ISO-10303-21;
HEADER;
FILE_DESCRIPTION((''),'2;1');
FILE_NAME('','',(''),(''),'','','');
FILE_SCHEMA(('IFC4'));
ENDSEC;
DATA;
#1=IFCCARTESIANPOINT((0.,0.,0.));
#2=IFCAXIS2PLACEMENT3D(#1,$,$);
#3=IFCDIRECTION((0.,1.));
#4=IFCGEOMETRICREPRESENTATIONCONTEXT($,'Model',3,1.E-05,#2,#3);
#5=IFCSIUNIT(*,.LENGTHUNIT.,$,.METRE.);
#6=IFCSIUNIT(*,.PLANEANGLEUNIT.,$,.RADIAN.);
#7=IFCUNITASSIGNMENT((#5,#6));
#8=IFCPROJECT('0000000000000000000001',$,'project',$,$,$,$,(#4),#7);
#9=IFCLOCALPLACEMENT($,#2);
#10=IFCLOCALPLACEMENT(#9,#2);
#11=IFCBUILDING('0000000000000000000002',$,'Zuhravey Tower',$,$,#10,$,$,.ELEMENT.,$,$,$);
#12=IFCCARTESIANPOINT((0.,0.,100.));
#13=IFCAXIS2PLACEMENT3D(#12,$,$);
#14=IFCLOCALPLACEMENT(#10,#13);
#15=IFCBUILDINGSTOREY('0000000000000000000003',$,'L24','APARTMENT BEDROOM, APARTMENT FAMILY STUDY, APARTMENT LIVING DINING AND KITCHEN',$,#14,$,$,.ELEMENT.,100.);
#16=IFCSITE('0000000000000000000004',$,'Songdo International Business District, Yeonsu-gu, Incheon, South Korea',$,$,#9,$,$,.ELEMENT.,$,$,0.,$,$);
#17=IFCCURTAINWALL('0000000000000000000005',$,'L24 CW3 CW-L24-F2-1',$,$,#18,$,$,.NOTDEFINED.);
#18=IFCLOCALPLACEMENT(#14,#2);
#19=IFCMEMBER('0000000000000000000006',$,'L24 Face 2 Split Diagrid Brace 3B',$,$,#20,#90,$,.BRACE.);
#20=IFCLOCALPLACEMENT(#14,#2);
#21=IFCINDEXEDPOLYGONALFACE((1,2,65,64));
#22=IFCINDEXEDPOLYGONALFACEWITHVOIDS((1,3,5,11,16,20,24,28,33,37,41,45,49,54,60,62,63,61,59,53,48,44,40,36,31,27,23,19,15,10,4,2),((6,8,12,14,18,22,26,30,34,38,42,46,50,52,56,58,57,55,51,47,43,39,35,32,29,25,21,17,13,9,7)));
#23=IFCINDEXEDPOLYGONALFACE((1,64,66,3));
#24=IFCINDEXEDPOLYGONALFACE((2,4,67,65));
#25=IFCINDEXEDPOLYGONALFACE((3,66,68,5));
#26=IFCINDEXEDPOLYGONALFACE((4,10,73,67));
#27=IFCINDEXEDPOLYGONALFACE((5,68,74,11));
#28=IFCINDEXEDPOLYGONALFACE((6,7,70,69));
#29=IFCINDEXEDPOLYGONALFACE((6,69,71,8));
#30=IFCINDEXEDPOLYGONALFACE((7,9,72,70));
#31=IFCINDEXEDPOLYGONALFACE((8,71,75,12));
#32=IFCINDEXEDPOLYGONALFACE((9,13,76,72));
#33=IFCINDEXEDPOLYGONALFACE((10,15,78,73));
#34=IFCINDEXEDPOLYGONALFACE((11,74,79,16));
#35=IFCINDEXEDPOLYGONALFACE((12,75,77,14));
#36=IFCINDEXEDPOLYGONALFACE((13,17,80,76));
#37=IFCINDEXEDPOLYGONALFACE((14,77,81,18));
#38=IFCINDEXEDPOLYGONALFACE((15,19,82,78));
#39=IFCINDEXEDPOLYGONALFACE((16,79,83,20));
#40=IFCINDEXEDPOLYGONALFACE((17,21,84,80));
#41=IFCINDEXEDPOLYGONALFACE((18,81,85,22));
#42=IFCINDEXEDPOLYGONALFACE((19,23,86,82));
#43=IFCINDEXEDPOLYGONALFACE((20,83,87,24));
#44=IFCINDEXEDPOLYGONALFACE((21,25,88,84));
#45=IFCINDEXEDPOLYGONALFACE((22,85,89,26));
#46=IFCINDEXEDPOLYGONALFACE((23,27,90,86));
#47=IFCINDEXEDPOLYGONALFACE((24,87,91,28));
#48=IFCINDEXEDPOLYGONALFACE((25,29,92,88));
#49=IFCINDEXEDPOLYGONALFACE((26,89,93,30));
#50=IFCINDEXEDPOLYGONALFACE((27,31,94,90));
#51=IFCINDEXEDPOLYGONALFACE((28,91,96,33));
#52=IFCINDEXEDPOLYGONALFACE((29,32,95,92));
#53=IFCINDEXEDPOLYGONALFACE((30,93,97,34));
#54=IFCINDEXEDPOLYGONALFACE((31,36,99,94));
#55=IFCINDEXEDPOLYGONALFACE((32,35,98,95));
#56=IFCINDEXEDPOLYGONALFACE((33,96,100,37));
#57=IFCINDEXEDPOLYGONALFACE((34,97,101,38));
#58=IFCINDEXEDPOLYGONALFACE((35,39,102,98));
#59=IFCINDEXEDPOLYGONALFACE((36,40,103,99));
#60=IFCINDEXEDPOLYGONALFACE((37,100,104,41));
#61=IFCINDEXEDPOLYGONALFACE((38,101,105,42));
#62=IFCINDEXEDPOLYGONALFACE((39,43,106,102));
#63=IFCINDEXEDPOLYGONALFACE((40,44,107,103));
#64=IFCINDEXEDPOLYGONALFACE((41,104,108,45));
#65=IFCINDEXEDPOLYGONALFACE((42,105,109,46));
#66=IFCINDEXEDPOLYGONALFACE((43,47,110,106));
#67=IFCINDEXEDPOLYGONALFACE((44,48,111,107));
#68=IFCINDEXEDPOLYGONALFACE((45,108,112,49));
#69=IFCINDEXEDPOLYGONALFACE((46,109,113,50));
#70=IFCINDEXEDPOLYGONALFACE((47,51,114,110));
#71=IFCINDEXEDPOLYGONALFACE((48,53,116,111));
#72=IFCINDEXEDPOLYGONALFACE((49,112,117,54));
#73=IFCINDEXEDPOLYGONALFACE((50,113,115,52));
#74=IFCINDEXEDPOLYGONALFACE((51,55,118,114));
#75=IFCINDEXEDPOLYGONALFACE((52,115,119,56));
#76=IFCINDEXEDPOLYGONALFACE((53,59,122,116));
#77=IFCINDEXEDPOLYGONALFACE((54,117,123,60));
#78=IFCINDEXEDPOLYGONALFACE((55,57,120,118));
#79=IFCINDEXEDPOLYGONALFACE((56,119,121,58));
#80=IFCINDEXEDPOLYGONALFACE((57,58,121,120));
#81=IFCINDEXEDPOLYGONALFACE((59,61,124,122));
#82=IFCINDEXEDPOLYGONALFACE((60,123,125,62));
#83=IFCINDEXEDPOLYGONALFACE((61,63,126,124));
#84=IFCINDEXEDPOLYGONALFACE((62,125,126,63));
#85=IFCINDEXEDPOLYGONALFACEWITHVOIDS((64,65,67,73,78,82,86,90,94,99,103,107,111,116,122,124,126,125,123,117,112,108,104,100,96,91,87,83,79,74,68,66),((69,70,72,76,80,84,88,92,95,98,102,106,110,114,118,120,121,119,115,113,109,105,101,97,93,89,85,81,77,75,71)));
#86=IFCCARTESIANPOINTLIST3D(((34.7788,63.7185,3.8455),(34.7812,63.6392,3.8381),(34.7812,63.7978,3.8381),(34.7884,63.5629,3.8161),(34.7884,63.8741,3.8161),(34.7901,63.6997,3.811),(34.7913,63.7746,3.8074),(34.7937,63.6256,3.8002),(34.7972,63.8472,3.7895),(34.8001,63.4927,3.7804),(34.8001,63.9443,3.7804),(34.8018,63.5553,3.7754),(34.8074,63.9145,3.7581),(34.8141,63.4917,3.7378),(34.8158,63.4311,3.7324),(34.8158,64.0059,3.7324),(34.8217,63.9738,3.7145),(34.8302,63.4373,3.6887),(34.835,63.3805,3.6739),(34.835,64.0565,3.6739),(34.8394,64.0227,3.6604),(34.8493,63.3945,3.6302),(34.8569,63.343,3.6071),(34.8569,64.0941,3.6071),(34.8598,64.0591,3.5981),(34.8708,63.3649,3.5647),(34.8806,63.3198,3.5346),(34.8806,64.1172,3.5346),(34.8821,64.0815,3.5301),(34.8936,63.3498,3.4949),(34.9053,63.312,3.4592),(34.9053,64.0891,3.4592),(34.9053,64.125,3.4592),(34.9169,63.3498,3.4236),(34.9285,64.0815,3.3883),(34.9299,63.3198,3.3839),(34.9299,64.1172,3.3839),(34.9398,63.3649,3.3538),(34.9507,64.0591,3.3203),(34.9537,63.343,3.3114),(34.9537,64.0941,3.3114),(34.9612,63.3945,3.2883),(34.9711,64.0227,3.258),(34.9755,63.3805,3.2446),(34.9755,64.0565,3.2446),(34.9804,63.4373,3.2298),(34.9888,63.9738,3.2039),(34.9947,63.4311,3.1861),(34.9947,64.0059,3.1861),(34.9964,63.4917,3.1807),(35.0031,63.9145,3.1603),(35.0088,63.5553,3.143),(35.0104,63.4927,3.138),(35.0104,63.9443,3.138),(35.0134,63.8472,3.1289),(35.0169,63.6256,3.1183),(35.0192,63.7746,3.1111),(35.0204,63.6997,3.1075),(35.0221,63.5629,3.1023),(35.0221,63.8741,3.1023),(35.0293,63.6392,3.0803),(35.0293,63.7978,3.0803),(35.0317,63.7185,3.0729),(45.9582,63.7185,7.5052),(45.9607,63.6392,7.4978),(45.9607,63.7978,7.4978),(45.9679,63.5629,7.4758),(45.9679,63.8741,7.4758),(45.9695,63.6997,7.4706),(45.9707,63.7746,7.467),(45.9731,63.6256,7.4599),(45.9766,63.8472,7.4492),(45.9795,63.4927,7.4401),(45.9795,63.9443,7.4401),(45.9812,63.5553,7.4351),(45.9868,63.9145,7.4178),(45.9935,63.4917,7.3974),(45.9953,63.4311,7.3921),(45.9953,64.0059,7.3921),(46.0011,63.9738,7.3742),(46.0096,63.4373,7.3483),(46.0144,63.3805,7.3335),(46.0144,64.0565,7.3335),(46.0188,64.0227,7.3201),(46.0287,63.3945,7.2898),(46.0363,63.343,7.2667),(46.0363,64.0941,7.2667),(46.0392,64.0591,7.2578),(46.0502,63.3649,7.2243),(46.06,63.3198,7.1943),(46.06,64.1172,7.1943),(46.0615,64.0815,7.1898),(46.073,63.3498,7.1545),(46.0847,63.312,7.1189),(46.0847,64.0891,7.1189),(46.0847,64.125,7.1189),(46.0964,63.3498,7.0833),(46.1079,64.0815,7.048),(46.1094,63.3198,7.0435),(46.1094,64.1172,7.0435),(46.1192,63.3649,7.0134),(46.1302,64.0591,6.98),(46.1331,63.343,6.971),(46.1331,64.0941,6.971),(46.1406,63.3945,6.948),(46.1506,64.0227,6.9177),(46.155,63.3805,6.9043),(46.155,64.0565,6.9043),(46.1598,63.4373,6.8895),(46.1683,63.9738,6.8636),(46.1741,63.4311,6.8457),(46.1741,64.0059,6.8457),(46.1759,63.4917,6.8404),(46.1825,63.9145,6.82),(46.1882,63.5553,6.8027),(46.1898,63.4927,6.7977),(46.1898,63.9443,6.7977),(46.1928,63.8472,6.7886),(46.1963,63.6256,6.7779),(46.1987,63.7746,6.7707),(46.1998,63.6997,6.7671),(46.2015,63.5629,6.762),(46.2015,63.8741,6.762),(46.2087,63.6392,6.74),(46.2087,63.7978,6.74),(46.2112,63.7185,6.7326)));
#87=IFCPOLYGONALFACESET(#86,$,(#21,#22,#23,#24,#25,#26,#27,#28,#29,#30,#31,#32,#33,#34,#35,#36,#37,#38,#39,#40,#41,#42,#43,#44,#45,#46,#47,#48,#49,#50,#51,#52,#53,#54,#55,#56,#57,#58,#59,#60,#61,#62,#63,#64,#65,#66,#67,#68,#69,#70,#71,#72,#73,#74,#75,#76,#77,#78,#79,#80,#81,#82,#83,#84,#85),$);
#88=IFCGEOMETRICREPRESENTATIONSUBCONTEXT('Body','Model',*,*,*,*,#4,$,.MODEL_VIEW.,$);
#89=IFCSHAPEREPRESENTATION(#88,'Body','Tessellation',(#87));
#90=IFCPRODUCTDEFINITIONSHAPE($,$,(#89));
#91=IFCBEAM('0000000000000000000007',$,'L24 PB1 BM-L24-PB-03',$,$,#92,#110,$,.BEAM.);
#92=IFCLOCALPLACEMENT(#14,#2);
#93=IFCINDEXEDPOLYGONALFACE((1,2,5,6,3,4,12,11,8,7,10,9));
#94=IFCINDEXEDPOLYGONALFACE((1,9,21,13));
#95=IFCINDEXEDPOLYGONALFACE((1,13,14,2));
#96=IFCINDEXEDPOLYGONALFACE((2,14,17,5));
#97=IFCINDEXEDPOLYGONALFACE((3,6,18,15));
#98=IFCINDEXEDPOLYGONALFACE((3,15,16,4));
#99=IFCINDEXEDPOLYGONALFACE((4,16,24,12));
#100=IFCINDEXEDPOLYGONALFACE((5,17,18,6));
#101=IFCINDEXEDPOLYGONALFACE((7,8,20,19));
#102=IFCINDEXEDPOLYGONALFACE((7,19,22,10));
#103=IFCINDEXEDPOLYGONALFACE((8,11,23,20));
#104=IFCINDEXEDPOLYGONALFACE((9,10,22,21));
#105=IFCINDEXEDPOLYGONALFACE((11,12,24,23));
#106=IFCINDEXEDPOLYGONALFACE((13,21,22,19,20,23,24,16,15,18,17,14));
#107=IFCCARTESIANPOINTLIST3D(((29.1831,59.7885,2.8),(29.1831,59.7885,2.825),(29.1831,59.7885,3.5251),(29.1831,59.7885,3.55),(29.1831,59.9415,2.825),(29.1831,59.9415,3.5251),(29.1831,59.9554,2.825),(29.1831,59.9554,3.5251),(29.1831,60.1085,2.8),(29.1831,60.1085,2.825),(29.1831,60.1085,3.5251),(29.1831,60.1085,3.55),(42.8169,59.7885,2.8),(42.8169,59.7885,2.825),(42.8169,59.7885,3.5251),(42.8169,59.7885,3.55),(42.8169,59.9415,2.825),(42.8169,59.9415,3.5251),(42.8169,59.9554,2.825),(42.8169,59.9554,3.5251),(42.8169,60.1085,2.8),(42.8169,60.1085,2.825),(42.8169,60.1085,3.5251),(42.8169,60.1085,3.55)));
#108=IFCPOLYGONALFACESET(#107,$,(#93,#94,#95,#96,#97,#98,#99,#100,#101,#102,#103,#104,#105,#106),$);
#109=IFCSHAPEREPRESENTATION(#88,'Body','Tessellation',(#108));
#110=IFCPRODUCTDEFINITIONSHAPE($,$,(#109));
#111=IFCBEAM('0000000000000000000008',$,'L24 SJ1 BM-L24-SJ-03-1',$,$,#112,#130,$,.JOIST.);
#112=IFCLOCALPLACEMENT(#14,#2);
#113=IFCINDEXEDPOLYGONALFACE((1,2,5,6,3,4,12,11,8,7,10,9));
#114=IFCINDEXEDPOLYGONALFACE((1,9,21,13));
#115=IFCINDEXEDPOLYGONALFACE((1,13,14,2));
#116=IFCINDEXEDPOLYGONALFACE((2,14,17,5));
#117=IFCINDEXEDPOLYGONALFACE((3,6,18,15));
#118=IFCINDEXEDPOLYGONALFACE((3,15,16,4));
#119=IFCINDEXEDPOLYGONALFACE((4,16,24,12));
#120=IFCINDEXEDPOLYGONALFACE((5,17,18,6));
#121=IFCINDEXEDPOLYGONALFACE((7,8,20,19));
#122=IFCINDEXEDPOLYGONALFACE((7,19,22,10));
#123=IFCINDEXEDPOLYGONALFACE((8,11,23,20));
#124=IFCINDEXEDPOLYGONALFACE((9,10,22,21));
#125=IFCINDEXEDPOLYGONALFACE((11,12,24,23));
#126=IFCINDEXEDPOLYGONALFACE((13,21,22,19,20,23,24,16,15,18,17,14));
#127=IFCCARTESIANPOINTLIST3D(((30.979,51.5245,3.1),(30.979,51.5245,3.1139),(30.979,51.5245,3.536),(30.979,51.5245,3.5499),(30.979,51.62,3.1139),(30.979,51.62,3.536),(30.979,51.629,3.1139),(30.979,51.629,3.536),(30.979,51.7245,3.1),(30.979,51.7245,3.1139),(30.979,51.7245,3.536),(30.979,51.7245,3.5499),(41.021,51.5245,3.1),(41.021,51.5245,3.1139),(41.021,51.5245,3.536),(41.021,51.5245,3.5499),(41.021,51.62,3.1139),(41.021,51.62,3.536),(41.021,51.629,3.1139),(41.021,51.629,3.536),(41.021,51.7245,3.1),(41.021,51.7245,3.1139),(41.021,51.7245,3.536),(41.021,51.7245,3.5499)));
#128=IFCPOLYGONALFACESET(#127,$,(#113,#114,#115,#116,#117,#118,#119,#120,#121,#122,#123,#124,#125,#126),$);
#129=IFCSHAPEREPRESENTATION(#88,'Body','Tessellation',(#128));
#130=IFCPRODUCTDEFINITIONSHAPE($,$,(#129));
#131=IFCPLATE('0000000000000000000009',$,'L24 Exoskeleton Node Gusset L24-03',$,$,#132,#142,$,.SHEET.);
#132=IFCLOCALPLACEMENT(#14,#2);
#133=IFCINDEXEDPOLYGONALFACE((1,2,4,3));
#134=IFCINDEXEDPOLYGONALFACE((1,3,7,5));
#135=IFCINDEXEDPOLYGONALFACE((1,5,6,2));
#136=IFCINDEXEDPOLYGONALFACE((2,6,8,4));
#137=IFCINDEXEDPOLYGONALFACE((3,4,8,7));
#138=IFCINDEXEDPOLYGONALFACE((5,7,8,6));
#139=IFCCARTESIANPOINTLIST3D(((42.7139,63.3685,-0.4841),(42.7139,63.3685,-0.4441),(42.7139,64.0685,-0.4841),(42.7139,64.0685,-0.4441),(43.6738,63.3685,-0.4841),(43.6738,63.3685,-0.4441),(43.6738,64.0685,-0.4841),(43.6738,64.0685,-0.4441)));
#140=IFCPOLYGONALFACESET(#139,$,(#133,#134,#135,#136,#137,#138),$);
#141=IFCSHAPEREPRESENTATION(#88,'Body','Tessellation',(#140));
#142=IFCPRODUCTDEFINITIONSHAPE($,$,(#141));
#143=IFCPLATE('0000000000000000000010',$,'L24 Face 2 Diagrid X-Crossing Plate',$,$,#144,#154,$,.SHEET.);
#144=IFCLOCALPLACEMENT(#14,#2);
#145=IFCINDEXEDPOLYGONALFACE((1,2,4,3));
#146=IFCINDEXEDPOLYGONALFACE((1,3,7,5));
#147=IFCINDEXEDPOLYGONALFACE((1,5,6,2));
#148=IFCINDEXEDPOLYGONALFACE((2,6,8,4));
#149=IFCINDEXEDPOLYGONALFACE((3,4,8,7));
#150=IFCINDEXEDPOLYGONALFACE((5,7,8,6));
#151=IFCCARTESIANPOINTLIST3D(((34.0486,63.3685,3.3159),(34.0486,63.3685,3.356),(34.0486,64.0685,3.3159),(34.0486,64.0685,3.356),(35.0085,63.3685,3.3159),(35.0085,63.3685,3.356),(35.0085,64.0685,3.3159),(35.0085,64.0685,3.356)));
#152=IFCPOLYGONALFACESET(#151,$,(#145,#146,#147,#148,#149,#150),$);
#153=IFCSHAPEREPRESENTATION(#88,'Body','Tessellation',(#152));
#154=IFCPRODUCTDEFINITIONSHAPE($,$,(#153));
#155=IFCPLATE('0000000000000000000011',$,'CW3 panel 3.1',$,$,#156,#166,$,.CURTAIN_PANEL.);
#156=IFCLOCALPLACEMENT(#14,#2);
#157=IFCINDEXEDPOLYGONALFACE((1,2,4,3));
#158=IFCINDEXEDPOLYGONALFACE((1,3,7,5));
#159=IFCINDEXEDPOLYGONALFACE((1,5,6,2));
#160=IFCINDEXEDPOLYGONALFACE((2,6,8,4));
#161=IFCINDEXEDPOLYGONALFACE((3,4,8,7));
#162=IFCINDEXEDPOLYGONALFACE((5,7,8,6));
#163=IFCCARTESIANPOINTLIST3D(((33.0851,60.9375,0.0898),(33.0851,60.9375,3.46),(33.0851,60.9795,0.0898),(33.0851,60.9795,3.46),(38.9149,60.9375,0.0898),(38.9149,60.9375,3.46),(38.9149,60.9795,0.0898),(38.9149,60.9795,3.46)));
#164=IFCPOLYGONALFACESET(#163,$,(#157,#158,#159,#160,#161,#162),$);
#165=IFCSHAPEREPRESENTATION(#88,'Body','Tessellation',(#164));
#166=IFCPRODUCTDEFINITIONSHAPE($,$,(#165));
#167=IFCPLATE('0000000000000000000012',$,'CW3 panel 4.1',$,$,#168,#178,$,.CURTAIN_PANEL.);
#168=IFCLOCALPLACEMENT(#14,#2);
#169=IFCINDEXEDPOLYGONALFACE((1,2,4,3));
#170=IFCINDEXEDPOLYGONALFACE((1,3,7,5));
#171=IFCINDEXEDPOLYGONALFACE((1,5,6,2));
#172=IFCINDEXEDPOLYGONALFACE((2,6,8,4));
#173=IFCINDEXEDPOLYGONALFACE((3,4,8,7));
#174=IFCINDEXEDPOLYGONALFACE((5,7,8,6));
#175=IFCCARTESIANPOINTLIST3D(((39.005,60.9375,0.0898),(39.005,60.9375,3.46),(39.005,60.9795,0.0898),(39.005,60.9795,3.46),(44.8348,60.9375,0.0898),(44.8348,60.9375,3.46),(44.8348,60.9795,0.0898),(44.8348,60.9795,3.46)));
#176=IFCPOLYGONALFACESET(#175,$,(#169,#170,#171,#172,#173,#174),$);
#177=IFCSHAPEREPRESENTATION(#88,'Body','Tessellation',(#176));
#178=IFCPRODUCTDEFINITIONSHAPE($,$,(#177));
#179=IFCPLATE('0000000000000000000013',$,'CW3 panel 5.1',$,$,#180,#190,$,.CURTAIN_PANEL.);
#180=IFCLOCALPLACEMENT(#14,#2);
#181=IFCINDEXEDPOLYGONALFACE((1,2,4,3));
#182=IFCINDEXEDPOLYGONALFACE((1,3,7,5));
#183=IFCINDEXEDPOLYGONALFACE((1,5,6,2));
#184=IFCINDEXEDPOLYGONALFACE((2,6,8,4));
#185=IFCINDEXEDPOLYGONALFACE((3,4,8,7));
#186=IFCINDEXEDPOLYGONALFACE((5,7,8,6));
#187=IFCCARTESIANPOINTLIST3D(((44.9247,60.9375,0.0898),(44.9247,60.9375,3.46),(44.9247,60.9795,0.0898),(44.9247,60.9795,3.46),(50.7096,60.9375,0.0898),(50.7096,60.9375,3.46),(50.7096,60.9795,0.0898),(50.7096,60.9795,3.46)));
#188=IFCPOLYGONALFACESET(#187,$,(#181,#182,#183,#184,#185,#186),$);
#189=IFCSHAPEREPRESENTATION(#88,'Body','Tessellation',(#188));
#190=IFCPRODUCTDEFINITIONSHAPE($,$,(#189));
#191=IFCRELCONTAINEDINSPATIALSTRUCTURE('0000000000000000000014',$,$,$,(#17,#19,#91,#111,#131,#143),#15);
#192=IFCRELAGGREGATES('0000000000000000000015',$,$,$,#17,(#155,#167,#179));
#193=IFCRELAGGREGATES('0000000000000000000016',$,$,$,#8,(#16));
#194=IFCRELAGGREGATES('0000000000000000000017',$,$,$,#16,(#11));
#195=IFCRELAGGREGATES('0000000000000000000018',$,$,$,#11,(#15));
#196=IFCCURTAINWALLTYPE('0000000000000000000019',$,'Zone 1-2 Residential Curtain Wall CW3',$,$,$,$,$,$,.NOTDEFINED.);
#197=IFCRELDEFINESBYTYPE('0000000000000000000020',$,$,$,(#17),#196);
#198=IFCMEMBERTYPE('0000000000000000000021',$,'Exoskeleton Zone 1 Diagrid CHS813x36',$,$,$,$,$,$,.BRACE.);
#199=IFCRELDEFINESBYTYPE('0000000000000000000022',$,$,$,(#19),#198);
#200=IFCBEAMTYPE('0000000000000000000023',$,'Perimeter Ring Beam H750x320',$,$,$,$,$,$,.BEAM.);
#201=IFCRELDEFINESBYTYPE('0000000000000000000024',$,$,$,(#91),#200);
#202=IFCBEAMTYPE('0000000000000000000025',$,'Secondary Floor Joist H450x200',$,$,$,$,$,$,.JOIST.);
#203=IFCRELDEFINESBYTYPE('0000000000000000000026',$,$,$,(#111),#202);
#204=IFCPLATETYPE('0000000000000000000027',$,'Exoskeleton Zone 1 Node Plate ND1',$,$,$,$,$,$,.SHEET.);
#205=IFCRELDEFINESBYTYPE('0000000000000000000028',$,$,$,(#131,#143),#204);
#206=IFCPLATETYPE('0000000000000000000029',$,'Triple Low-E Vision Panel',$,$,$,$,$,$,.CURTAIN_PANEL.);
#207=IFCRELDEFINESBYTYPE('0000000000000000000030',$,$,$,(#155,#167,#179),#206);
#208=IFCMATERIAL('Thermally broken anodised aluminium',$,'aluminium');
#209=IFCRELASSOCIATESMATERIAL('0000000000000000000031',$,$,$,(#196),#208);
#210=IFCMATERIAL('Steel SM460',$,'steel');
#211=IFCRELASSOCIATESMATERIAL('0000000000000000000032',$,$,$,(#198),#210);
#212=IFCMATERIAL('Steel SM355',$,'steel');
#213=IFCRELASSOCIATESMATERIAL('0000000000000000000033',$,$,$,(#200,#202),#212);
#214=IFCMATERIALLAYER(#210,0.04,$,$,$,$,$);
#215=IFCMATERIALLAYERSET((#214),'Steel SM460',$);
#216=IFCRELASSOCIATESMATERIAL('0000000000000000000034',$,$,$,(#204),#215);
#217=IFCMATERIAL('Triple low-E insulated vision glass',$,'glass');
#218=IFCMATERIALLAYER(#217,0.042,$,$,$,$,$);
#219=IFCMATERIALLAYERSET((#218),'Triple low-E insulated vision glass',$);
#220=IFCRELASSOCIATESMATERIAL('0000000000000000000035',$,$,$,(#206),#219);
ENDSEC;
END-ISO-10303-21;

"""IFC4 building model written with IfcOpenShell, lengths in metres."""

from ifc_helpers import new_model, si_unit, direction, frame, origin, origin_2d, place, context, subcontext, project, spatial, rectangle, hollow_circle, i_section, extrude, material, layer, layer_set, material_profile, profile_set, type_object, element, aggregate, save


model = new_model("IFC4")

# Units and contexts
model_context = context("Model", 3, precision=1e-05, world=origin(), true_north=direction((0.0, 1.0)))
body_context = subcontext(model_context, "Body", "Model", "MODEL_VIEW")
ifc_project = project(units=[si_unit("LENGTHUNIT", "METRE"), si_unit("PLANEANGLEUNIT", "RADIAN")], contexts=[model_context])

# Site, building, storey
site_placement = place(None, origin())
site = spatial("IfcSite", under=ifc_project, at=site_placement, Name="Songdo International Business District, Yeonsu-gu, Incheon, South Korea", CompositionType="ELEMENT", RefElevation=0.0)
building_placement = place(site_placement, origin())
building = spatial("IfcBuilding", under=site, at=building_placement, Name="Zuhravey Tower", CompositionType="ELEMENT")
storey_placement = place(building_placement, frame((0.0, 0.0, 100.0)))
storey = spatial("IfcBuildingStorey", under=building, at=storey_placement, Name="L24", Description="APARTMENT BEDROOM, APARTMENT FAMILY STUDY, APARTMENT LIVING DINING AND KITCHEN", CompositionType="ELEMENT", Elevation=100.0)

# Curtain wall
ifc_material_1 = material(Name="Thermally broken anodised aluminium", Category="aluminium")
curtain_wall_type = type_object("IfcCurtainWallType", Name="Zone 1-2 Residential Curtain Wall CW3", PredefinedType="NOTDEFINED", material=ifc_material_1)
curtain_wall_placement = place(storey_placement, origin())
curtain_wall = element("IfcCurtainWall", 1, at=curtain_wall_placement, inside=storey, type_object=curtain_wall_type, Name="L24 CW3 CW-L24-F2-1", PredefinedType="NOTDEFINED")

# Member
ifc_material_2 = material(Name="Steel SM355", Category="steel")
ifc_material_3 = material(Name="Steel SM460", Category="steel")
ifc_material_profile_1 = material_profile(ifc_material_3, hollow_circle(Radius=0.4065, WallThickness=0.0359, at=origin_2d()), Name="CHS-812.8x36")
ifc_profile_set_1 = profile_set([ifc_material_profile_1], Name="Steel SM460")
member_type_1 = type_object("IfcMemberType", Name="Exoskeleton Zone 1 Diagrid CHS813x36", PredefinedType="BRACE", material=ifc_profile_set_1)
member_1_placement = place(storey_placement, frame((34.9053, 63.7185, 3.4592), z_axis=(0.950373, 0.0, 0.311111), x_axis=(0.0, 1.0, 0.0)))
element("IfcMember", 2, at=member_1_placement, inside=storey, type_object=member_type_1, Name="L24 Face 2 Split Diagrid Brace 3B", PredefinedType="BRACE", context=body_context, shape_type="SweptSolid", body=[
    extrude(hollow_circle(Radius=0.4065, WallThickness=0.0359, at=origin_2d()), origin(), (0.0, 0.0, 1.0), 11.7632),
])

# Beams
ifc_material_profile_2 = material_profile(ifc_material_2, i_section(OverallWidth=0.3201, OverallDepth=0.75, WebThickness=0.0139, FlangeThickness=0.0249, at=origin_2d()), Name="H-750x320x14x25")
ifc_profile_set_2 = profile_set([ifc_material_profile_2], Name="Steel SM355")
beam_type_1 = type_object("IfcBeamType", Name="Perimeter Ring Beam H750x320", PredefinedType="BEAM", material=ifc_profile_set_2)
beam_1_placement = place(storey_placement, frame((42.8169, 59.9485, 3.175), z_axis=(-1.0, 0.0, 0.0), x_axis=(0.0, -1.0, 0.0)))
element("IfcBeam", 3, at=beam_1_placement, inside=storey, type_object=beam_type_1, Name="L24 PB1 BM-L24-PB-03", PredefinedType="BEAM", context=body_context, shape_type="SweptSolid", body=[
    extrude(i_section(OverallWidth=0.3201, OverallDepth=0.75, WebThickness=0.0139, FlangeThickness=0.0249, at=origin_2d()), origin(), (0.0, 0.0, 1.0), 13.6338),
])
ifc_material_profile_3 = material_profile(ifc_material_2, i_section(OverallWidth=0.2, OverallDepth=0.45, WebThickness=0.009, FlangeThickness=0.0139, at=origin_2d()), Name="H-450x200x9x14")
ifc_profile_set_3 = profile_set([ifc_material_profile_3], Name="Steel SM355")
beam_type_2 = type_object("IfcBeamType", Name="Secondary Floor Joist H450x200", PredefinedType="JOIST", material=ifc_profile_set_3)
beam_2_placement = place(storey_placement, frame((41.021, 51.6245, 3.325), z_axis=(-1.0, 0.0, 0.0), x_axis=(0.0, -1.0, 0.0)))
element("IfcBeam", 4, at=beam_2_placement, inside=storey, type_object=beam_type_2, Name="L24 SJ1 BM-L24-SJ-03-1", PredefinedType="JOIST", context=body_context, shape_type="SweptSolid", body=[
    extrude(i_section(OverallWidth=0.2, OverallDepth=0.45, WebThickness=0.009, FlangeThickness=0.0139, at=origin_2d()), origin(), (0.0, 0.0, 1.0), 10.042),
])

# Plates
ifc_layer_1 = layer(ifc_material_3, 0.04)
ifc_layer_set_1 = layer_set([ifc_layer_1], Name="Steel SM460")
plate_type_1 = type_object("IfcPlateType", Name="Exoskeleton Zone 1 Node Plate ND1", PredefinedType="SHEET", material=ifc_layer_set_1)
for number, where, z_axis, x_axis, name in (
    (5, (43.1938, 63.7185, -0.4841), (0.0, 0.0, 1.0), (-1.0, 0.0, 0.0), "L24 Exoskeleton Node Gusset L24-03"),
    (6, (34.5286, 63.7185, 3.3159), (0.0, 0.0, 1.0), (-1.0, 0.0, 0.0), "L24 Face 2 Diagrid X-Crossing Plate"),
):
    element("IfcPlate", number, at=place(storey_placement, frame(where, z_axis=z_axis, x_axis=x_axis)), inside=storey, type_object=plate_type_1, Name=name, PredefinedType="SHEET", context=body_context, shape_type="SweptSolid", body=[
        extrude(rectangle(XDim=0.96, YDim=0.7, at=origin_2d()), origin(), (0.0, 0.0, 1.0), 0.04),
    ])

# Plates
ifc_material_4 = material(Name="Triple low-E insulated vision glass", Category="glass")
ifc_layer_2 = layer(ifc_material_4, 0.042)
ifc_layer_set_2 = layer_set([ifc_layer_2], Name="Triple low-E insulated vision glass")
plate_type_2 = type_object("IfcPlateType", Name="Triple Low-E Vision Panel", PredefinedType="CURTAIN_PANEL", material=ifc_layer_set_2)
plate_1_placement = place(storey_placement, frame((36.0, 60.9585, 0.0898), z_axis=(0.0, 0.0, 1.0), x_axis=(1.0, 0.0, 0.0)))
plate_1 = element("IfcPlate", 7, at=plate_1_placement, type_object=plate_type_2, Name="CW3 panel 3.1", PredefinedType="CURTAIN_PANEL", context=body_context, shape_type="SweptSolid", body=[
    extrude(rectangle(XDim=5.8298, YDim=0.042, at=origin_2d()), origin(), (0.0, 0.0, 1.0), 3.3701),
])
plate_2_placement = place(storey_placement, frame((41.9199, 60.9585, 0.0898), z_axis=(0.0, 0.0, 1.0), x_axis=(1.0, 0.0, 0.0)))
plate_2 = element("IfcPlate", 8, at=plate_2_placement, type_object=plate_type_2, Name="CW3 panel 4.1", PredefinedType="CURTAIN_PANEL", context=body_context, shape_type="SweptSolid", body=[
    extrude(rectangle(XDim=5.8298, YDim=0.042, at=origin_2d()), origin(), (0.0, 0.0, 1.0), 3.3701),
])
plate_3_placement = place(storey_placement, frame((47.8171, 60.9585, 0.0898), z_axis=(0.0, 0.0, 1.0), x_axis=(1.0, 0.0, 0.0)))
plate_3 = element("IfcPlate", 9, at=plate_3_placement, type_object=plate_type_2, Name="CW3 panel 5.1", PredefinedType="CURTAIN_PANEL", context=body_context, shape_type="SweptSolid", body=[
    extrude(rectangle(XDim=5.7849, YDim=0.042, at=origin_2d()), origin(), (0.0, 0.0, 1.0), 3.3701),
])
aggregate(curtain_wall, [plate_1, plate_2, plate_3])

save(model, "model.ifc")
